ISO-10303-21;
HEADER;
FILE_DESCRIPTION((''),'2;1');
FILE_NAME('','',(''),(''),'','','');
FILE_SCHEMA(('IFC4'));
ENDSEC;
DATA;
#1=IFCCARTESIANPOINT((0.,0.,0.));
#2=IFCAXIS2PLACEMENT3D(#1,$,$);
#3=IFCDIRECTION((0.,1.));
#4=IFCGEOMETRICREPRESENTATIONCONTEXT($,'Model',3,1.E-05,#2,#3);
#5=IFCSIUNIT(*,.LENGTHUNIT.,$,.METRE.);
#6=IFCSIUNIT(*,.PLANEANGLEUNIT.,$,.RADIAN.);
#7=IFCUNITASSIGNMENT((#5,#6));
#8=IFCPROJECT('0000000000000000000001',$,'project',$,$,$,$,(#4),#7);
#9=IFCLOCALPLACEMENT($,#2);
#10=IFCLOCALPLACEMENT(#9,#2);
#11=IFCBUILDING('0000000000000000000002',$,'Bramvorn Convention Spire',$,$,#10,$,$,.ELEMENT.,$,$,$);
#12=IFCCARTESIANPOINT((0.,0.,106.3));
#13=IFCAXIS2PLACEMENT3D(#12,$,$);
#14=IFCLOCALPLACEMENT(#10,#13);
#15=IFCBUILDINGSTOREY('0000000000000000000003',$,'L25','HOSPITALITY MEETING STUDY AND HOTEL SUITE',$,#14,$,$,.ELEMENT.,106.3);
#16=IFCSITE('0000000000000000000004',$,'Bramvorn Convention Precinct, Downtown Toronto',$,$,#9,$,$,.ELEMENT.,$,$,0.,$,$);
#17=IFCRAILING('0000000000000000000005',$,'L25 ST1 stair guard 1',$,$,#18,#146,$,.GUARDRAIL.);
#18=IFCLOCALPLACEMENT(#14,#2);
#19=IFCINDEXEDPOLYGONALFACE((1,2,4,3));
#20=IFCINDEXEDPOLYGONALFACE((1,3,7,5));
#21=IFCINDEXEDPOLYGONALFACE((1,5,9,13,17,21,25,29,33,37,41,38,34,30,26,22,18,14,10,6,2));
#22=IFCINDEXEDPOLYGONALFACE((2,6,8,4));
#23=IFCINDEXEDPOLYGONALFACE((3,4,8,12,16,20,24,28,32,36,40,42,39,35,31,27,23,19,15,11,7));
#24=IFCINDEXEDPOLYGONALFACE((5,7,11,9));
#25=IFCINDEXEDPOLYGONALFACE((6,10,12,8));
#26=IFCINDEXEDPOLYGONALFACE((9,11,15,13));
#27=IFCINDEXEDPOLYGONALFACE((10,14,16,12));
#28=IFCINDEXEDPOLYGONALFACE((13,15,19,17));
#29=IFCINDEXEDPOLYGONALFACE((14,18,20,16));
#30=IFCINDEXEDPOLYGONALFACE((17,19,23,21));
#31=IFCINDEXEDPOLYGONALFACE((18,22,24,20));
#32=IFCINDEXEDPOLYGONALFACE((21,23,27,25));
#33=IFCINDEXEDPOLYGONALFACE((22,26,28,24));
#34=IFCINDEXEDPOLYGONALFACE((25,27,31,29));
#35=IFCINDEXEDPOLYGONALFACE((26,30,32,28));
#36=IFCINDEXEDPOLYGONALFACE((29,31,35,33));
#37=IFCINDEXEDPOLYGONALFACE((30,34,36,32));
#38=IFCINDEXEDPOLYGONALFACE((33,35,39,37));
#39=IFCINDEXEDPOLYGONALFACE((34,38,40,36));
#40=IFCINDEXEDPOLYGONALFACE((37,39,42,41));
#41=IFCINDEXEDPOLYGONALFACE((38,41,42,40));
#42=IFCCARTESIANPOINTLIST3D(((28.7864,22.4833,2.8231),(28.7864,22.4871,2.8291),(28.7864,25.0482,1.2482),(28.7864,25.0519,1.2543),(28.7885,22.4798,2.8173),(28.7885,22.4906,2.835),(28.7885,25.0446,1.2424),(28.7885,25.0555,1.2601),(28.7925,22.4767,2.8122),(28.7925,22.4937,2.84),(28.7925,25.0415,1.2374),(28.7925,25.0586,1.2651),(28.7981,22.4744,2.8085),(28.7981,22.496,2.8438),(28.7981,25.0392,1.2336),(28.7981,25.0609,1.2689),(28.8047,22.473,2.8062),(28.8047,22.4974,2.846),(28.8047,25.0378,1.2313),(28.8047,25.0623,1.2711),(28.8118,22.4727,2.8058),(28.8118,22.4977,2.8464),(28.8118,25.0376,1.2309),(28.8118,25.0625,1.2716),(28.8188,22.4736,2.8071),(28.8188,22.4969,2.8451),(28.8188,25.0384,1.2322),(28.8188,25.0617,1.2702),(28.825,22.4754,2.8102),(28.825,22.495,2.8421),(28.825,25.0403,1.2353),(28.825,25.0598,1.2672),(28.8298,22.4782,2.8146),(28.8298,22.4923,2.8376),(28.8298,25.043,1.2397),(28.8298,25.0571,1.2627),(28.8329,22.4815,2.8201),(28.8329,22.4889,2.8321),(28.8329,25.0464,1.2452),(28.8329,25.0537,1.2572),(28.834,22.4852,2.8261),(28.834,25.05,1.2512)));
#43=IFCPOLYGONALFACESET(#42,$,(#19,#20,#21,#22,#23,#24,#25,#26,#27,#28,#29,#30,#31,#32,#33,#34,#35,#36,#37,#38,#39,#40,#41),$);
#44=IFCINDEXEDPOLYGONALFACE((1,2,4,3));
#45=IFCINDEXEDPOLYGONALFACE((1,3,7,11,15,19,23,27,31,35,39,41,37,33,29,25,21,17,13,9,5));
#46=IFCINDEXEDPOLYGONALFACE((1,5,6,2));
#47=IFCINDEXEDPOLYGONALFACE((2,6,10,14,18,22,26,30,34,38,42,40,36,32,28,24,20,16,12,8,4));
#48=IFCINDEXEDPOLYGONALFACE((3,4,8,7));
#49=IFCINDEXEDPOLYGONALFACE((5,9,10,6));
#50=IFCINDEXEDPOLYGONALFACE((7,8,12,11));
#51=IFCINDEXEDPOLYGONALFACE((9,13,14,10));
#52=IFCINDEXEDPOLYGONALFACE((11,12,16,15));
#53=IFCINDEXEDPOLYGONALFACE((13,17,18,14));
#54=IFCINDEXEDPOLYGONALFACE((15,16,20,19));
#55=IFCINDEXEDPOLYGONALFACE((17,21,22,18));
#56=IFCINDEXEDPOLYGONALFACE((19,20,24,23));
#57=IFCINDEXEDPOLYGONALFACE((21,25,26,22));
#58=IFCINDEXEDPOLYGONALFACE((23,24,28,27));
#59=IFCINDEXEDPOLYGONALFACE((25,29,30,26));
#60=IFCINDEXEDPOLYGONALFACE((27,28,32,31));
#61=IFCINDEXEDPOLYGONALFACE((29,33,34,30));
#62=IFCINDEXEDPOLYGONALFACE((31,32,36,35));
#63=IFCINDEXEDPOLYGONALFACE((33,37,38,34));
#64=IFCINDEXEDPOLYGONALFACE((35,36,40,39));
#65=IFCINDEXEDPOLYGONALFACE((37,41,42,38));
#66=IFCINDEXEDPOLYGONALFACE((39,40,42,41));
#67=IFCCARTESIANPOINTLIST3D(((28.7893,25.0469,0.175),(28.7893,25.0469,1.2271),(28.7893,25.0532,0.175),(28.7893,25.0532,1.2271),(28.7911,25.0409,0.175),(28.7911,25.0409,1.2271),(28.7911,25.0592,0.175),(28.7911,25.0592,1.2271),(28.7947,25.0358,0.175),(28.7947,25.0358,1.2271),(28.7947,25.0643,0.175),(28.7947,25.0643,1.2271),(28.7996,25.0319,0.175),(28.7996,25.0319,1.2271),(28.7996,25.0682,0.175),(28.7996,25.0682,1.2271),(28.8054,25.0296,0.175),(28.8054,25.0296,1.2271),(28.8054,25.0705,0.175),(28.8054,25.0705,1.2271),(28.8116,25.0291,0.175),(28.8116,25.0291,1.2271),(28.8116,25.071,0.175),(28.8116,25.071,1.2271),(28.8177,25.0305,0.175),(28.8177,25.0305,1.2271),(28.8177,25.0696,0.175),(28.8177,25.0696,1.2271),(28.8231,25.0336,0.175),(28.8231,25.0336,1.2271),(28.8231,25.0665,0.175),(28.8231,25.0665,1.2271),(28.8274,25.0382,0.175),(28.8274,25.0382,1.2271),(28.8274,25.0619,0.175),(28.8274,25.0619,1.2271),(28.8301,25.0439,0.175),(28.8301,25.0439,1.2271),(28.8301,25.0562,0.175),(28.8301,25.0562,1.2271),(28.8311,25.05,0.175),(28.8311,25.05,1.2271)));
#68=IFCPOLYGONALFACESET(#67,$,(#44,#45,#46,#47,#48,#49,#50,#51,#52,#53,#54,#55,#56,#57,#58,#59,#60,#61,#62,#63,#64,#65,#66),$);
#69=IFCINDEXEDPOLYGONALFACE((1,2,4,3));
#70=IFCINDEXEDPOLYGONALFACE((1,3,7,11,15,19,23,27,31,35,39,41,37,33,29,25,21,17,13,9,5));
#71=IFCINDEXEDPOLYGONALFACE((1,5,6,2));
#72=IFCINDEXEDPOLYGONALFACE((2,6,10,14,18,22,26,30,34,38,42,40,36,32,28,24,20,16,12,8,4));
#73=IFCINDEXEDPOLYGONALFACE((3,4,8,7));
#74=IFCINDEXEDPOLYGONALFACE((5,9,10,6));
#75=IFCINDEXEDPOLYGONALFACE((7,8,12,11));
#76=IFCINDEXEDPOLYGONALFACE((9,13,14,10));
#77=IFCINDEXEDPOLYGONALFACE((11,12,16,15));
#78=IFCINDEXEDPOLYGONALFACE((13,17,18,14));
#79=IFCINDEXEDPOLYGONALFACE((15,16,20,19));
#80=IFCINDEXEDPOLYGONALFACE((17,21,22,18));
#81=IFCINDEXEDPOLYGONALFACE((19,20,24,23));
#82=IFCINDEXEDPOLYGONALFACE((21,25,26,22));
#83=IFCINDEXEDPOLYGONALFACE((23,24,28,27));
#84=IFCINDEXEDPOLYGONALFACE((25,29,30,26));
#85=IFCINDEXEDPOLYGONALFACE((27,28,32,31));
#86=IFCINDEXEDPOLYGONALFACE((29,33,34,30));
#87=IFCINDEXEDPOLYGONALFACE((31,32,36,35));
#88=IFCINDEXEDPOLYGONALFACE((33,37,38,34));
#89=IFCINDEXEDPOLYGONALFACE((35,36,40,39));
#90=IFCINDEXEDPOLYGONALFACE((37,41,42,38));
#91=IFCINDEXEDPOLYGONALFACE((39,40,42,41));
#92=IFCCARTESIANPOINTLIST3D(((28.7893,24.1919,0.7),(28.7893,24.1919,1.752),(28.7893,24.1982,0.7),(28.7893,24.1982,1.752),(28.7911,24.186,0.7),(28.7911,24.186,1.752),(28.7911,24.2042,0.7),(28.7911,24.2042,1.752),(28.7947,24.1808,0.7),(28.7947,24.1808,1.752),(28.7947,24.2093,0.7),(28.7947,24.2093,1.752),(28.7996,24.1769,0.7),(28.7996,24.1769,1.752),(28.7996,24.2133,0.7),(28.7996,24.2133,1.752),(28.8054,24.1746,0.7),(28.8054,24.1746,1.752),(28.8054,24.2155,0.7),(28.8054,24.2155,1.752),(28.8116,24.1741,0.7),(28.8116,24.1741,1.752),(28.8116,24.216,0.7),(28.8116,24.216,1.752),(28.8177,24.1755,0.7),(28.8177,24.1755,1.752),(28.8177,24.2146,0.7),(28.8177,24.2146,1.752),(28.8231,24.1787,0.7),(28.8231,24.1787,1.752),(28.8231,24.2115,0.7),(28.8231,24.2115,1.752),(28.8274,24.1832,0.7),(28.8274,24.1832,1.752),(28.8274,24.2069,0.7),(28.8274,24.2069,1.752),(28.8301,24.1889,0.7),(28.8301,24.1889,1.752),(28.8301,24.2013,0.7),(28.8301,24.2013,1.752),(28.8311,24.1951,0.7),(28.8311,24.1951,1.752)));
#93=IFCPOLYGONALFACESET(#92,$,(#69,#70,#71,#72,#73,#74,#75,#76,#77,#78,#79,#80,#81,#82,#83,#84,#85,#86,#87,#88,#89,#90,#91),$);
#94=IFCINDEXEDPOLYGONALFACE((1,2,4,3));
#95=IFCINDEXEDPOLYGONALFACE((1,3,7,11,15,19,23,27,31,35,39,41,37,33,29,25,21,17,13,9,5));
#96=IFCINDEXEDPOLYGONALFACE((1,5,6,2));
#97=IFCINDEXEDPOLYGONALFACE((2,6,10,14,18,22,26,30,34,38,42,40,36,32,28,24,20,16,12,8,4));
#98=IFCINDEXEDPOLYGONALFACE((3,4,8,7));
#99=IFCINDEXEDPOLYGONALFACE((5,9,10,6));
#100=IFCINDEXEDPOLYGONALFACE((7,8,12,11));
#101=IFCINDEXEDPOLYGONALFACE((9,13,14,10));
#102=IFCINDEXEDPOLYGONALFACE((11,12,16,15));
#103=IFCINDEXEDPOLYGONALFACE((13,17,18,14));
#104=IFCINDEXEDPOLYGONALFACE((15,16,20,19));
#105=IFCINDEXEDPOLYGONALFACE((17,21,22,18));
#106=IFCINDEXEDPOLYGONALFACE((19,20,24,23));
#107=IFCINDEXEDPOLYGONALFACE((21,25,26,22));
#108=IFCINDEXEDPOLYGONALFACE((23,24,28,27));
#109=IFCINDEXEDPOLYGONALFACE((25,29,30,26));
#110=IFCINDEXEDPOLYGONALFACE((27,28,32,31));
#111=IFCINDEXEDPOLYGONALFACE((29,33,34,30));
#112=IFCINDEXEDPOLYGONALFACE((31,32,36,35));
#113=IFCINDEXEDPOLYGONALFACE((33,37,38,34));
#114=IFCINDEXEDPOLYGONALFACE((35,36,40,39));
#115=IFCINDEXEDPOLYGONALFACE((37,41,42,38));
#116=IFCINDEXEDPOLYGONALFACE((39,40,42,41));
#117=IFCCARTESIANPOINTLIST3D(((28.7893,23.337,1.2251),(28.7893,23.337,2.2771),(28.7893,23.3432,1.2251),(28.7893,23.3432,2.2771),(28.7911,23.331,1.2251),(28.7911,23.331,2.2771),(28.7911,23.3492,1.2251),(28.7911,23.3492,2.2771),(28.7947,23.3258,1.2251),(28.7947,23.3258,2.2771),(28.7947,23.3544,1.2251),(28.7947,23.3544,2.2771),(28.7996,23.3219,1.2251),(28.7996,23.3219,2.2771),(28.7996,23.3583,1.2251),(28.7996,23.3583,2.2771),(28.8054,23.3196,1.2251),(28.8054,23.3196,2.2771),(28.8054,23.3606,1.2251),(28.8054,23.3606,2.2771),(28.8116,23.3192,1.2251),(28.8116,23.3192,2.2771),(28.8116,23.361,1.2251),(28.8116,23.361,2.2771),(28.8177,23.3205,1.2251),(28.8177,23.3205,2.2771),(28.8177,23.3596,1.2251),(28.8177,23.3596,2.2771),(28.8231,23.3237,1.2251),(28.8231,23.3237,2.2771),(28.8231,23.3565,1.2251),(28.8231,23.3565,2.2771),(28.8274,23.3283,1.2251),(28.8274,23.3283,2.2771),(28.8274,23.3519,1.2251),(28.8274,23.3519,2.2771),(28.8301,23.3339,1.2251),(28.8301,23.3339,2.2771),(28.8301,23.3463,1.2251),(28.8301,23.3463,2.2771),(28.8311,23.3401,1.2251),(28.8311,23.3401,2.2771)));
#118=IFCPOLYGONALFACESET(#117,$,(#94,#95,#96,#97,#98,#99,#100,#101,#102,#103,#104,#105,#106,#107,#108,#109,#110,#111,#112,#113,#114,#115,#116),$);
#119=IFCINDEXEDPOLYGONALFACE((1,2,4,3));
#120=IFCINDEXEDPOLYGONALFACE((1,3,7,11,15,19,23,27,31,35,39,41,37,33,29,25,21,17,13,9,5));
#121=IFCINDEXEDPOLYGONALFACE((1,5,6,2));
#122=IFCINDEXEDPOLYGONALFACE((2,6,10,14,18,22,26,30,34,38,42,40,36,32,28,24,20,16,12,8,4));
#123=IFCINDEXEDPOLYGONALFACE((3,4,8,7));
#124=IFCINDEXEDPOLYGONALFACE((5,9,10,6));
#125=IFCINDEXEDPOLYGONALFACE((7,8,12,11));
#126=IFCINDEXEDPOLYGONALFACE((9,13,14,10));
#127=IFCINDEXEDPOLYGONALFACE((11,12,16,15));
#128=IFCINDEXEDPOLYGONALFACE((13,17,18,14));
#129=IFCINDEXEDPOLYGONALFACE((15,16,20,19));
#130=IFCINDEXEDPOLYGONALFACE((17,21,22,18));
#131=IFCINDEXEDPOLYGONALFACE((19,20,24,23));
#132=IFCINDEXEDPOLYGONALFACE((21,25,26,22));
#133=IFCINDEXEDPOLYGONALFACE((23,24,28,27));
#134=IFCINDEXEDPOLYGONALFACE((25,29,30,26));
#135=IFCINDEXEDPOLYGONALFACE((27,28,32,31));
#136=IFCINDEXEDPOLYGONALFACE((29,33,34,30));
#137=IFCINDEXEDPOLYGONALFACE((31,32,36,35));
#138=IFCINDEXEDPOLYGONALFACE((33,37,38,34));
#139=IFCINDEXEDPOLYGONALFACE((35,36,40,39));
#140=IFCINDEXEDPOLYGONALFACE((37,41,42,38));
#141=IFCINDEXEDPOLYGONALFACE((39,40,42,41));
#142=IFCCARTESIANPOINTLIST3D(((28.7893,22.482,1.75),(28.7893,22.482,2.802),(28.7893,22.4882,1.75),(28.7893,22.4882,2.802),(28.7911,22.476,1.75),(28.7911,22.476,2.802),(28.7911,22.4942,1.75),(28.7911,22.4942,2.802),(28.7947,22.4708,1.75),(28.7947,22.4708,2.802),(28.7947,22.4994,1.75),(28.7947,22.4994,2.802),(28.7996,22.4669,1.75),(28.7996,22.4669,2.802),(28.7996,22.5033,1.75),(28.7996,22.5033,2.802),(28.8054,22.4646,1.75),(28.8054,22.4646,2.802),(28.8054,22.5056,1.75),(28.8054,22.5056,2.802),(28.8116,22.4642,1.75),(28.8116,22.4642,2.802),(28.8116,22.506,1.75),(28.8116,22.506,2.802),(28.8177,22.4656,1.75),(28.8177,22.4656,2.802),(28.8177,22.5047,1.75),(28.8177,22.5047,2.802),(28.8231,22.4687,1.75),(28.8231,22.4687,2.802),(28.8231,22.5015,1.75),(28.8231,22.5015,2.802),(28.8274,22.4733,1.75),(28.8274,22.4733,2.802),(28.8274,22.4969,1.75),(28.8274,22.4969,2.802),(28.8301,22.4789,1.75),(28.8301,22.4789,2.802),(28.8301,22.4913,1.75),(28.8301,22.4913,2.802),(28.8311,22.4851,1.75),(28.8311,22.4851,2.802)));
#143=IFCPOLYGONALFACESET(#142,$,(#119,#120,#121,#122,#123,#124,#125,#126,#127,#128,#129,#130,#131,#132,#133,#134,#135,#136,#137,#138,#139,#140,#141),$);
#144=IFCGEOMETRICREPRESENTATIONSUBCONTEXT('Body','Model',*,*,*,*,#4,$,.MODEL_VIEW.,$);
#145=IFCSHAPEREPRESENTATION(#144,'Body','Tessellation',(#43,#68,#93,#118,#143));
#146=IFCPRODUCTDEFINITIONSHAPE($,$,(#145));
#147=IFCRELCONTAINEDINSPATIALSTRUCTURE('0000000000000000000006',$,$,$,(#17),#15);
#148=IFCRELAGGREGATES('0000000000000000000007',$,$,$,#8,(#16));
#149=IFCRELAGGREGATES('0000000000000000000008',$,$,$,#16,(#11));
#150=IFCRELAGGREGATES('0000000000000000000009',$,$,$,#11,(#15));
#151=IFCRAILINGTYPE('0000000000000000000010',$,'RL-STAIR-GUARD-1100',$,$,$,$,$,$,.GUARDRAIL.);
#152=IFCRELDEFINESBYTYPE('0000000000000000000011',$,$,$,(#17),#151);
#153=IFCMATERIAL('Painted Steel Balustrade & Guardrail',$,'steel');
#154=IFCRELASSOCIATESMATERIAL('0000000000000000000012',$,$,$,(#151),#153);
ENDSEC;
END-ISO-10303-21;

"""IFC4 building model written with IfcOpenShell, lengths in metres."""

from ifc_helpers import new_model, si_unit, direction, frame, origin, origin_2d, place, context, subcontext, project, spatial, circle, extrude, material, type_object, element, save


model = new_model("IFC4")

# Units and contexts
model_context = context("Model", 3, precision=1e-05, world=origin(), true_north=direction((0.0, 1.0)))
body_context = subcontext(model_context, "Body", "Model", "MODEL_VIEW")
ifc_project = project(units=[si_unit("LENGTHUNIT", "METRE"), si_unit("PLANEANGLEUNIT", "RADIAN")], contexts=[model_context])

# Site, building, storey
site_placement = place(None, origin())
site = spatial("IfcSite", under=ifc_project, at=site_placement, Name="Bramvorn Convention Precinct, Downtown Toronto", CompositionType="ELEMENT", RefElevation=0.0)
building_placement = place(site_placement, origin())
building = spatial("IfcBuilding", under=site, at=building_placement, Name="Bramvorn Convention Spire", CompositionType="ELEMENT")
storey_placement = place(building_placement, frame((0.0, 0.0, 106.3)))
storey = spatial("IfcBuildingStorey", under=building, at=storey_placement, Name="L25", Description="HOSPITALITY MEETING STUDY AND HOTEL SUITE", CompositionType="ELEMENT", Elevation=106.3)

# Railing
ifc_material_1 = material(Name="Painted Steel Balustrade & Guardrail", Category="steel")
railing_type_1 = type_object("IfcRailingType", Name="RL-STAIR-GUARD-1100", PredefinedType="GUARDRAIL", material=ifc_material_1)
railing_1_placement = place(storey_placement, frame((28.8101, 25.05, 0.175)))
element("IfcRailing", 1, at=railing_1_placement, inside=storey, type_object=railing_type_1, Name="L25 ST1 stair guard 1", PredefinedType="GUARDRAIL", context=body_context, shape_type="SweptSolid", body=[
    extrude(circle(Radius=0.0239, at=origin_2d()), frame((0.0, 0.0, 1.0762), z_axis=(0.0, -0.852173, 0.52326), x_axis=(1.0, 0.0, 0.0)), (0.0, 0.0, 1.0), 3.0098),
    extrude(circle(Radius=0.021, at=origin_2d()), origin(), (0.0, 0.0, 1.0), 1.052),
    extrude(circle(Radius=0.021, at=origin_2d()), frame((0.0, -0.855, 0.5249)), (0.0, 0.0, 1.0), 1.052),
    extrude(circle(Radius=0.021, at=origin_2d()), frame((0.0, -1.71, 1.05)), (0.0, 0.0, 1.0), 1.052),
    extrude(circle(Radius=0.021, at=origin_2d()), frame((0.0, -2.5649, 1.575)), (0.0, 0.0, 1.0), 1.052),
])

save(model, "model.ifc")
